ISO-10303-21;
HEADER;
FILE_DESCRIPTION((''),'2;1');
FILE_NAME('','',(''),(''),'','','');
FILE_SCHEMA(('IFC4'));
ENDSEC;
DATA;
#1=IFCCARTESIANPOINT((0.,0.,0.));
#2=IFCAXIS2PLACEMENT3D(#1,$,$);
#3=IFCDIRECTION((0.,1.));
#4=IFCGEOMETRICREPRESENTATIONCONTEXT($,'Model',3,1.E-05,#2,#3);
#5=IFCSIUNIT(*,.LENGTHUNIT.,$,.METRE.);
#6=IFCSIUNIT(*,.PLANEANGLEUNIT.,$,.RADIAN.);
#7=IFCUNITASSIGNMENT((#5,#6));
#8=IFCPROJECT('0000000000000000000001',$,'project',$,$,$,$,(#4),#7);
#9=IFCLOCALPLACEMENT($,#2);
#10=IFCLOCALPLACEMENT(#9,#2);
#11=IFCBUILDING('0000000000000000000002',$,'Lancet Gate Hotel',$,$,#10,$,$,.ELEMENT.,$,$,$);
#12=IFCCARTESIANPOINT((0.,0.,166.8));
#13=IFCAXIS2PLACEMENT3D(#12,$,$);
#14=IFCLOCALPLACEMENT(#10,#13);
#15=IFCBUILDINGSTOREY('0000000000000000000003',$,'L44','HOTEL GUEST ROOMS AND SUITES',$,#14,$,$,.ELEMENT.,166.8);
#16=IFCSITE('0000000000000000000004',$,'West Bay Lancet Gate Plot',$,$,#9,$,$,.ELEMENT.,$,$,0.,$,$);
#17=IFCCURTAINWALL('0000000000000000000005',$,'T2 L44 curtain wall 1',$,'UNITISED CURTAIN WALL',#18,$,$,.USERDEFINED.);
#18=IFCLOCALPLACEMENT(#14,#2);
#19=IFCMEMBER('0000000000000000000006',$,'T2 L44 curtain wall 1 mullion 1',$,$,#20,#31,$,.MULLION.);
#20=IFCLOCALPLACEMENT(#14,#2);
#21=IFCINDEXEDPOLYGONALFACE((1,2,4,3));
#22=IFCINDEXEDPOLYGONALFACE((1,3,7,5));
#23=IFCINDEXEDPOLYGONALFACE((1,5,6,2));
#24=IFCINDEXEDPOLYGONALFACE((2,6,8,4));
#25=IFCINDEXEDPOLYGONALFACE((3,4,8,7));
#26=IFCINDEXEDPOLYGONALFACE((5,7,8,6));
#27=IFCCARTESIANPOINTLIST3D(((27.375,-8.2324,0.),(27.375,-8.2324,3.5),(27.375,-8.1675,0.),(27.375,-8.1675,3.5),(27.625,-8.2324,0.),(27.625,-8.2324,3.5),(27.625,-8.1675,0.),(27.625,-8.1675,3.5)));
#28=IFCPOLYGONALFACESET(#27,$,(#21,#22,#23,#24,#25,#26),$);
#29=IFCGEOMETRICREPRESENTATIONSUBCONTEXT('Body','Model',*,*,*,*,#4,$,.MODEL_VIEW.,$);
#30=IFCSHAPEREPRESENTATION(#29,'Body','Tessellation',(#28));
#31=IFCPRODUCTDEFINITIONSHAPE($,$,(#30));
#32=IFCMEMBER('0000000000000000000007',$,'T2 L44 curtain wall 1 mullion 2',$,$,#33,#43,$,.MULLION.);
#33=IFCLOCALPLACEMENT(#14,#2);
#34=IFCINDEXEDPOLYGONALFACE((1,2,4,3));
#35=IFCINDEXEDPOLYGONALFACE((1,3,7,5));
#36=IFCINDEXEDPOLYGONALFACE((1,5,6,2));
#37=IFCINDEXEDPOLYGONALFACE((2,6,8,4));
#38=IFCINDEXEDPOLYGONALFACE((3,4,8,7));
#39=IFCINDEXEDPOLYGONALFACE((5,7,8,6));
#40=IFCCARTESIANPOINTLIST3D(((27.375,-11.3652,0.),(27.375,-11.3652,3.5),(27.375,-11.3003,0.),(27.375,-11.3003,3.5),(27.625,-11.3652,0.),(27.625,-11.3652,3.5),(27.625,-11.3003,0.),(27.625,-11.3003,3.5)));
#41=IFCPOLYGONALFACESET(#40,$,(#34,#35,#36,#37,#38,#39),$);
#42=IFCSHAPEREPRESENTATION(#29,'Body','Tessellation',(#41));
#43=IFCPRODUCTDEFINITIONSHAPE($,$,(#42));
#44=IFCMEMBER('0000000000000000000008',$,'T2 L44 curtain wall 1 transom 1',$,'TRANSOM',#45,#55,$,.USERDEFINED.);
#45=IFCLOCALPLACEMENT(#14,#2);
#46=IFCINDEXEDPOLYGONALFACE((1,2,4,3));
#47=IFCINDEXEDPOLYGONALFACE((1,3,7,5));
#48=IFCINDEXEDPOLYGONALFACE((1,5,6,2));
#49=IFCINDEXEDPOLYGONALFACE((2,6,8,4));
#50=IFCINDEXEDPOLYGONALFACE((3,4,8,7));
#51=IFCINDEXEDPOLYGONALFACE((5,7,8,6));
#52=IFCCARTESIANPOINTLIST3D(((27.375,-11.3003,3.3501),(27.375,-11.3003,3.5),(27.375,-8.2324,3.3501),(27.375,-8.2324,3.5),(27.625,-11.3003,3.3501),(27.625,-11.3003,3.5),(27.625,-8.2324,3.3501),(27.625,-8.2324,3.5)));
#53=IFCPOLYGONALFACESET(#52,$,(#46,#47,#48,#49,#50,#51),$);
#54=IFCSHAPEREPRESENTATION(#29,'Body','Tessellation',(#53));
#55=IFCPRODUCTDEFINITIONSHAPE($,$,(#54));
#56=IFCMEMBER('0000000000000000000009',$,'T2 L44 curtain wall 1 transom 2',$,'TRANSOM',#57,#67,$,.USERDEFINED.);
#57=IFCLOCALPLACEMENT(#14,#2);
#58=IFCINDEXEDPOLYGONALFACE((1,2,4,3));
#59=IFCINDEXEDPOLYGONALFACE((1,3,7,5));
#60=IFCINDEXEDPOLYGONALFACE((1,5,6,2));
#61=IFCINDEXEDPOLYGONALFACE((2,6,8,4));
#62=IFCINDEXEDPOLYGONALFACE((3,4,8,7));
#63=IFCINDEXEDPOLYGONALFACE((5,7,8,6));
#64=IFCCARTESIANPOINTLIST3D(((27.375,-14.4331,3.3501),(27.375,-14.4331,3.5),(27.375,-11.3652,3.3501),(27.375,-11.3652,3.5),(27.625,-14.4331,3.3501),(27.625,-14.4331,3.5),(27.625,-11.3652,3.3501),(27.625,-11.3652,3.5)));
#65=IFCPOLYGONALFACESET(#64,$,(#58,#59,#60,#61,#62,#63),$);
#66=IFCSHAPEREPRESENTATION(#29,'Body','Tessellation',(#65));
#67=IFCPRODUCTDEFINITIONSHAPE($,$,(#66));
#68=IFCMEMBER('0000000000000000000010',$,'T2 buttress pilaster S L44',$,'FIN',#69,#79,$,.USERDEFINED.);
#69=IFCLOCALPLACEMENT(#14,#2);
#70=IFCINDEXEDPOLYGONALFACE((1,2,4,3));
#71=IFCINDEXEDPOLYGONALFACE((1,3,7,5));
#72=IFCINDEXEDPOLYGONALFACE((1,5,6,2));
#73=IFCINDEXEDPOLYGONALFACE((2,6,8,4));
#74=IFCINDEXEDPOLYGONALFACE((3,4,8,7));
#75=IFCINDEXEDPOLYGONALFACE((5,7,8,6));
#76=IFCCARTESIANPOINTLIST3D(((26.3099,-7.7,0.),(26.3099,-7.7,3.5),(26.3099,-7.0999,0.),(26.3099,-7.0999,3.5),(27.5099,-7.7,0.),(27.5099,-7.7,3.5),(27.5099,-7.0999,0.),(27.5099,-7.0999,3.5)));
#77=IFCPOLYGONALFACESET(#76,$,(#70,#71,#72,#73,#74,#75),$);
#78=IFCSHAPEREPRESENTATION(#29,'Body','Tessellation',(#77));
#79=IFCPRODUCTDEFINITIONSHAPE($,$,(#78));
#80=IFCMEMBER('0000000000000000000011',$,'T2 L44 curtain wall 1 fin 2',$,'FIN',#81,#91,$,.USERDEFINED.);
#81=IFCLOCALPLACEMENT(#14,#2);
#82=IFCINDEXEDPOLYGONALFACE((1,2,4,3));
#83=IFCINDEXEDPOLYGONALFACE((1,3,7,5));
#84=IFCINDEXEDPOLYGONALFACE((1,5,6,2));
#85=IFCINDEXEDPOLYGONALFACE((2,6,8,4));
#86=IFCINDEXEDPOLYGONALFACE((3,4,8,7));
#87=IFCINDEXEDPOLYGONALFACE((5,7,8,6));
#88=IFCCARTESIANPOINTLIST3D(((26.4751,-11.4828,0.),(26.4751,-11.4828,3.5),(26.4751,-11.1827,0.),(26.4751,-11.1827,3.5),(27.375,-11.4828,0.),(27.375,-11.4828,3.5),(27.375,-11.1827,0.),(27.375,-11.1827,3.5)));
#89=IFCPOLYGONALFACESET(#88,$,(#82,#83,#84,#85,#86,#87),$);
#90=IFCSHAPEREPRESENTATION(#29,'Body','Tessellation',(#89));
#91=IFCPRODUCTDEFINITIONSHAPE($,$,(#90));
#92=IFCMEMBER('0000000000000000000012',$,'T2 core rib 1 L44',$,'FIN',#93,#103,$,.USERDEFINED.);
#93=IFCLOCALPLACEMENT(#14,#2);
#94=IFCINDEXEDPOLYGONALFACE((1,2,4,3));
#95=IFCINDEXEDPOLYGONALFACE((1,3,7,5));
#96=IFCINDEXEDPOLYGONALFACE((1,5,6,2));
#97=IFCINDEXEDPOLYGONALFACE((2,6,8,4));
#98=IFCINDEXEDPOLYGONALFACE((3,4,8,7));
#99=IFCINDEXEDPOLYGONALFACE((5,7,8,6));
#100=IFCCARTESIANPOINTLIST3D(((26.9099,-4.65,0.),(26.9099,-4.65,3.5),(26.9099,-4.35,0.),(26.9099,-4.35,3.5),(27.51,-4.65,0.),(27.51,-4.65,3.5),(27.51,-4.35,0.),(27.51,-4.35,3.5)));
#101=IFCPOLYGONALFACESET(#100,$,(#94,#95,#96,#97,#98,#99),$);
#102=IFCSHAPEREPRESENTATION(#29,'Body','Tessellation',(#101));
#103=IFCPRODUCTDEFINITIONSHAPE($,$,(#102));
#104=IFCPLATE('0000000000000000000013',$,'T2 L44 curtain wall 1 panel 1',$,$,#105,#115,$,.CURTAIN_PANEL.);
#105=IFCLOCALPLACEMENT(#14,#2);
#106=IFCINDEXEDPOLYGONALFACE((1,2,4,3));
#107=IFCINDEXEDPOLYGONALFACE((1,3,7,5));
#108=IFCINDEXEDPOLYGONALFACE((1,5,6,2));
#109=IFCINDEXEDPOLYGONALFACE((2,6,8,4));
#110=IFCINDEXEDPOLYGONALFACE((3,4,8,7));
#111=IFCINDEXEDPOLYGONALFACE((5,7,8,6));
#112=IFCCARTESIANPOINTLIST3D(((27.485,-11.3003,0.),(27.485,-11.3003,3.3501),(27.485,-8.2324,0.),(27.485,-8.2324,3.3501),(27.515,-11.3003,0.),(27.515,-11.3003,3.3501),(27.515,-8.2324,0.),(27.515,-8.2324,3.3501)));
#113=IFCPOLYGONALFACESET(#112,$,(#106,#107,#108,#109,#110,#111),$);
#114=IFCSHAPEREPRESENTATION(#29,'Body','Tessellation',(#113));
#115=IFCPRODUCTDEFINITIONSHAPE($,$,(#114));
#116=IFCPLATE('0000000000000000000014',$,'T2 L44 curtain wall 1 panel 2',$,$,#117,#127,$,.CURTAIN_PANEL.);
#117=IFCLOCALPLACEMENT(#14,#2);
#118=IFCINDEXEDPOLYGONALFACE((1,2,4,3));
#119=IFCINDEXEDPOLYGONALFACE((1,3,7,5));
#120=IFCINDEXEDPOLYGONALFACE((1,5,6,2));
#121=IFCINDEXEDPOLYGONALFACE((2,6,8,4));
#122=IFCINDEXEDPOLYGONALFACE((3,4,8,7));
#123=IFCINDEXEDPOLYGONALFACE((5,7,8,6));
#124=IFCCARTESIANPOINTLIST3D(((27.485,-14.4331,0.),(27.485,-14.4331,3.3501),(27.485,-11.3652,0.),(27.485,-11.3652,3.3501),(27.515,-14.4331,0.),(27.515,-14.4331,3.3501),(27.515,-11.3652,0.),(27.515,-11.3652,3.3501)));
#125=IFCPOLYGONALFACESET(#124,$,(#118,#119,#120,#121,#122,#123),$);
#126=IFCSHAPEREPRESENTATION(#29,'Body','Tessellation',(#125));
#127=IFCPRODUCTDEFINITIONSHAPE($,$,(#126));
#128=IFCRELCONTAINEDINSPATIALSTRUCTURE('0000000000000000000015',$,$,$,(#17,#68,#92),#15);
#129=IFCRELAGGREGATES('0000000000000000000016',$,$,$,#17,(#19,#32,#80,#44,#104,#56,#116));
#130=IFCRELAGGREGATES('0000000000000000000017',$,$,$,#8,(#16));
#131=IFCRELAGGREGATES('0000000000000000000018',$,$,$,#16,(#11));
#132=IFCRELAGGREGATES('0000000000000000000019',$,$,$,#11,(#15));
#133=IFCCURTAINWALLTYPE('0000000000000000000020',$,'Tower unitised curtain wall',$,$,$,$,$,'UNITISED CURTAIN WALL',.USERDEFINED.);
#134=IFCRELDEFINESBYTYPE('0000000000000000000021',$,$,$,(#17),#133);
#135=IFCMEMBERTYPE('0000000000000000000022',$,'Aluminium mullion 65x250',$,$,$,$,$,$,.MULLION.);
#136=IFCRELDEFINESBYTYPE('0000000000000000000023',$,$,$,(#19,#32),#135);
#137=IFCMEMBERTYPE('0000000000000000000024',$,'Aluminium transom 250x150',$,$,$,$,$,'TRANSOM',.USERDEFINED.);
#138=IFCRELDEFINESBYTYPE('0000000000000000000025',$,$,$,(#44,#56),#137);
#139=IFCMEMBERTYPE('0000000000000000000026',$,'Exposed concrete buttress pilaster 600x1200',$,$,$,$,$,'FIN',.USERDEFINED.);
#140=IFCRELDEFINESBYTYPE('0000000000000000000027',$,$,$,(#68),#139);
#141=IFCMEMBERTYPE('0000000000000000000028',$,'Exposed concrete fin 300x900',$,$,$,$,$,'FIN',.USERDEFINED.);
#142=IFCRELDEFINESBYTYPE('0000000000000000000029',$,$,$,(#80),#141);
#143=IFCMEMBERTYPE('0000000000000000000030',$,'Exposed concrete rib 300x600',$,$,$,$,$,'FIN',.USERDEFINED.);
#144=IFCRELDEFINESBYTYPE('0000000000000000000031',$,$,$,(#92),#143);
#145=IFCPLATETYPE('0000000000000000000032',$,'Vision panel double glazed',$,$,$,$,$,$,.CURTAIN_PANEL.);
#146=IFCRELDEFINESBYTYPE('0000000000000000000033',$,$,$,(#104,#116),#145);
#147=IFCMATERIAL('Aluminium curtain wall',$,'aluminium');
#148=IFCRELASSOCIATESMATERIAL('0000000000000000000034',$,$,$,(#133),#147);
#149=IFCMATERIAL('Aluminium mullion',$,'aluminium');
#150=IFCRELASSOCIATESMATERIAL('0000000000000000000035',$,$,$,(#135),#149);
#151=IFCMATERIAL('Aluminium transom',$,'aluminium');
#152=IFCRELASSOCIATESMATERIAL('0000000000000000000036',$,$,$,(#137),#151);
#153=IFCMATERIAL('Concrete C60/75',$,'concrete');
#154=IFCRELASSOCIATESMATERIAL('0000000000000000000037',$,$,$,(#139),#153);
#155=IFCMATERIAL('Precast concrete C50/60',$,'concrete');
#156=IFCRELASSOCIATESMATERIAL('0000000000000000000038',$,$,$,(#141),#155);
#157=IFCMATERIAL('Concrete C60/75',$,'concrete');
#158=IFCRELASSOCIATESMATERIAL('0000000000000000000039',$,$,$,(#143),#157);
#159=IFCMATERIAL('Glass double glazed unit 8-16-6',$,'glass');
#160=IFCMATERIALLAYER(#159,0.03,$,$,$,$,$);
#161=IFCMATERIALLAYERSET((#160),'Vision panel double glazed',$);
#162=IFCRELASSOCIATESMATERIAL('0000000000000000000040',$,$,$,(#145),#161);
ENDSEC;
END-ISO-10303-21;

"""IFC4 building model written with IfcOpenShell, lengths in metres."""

from ifc_helpers import new_model, si_unit, direction, frame, origin, origin_2d, place, context, subcontext, project, spatial, rectangle, extrude, material, layer, layer_set, material_profile, profile_set, type_object, element, aggregate, save


model = new_model("IFC4")

# Units and contexts
model_context = context("Model", 3, precision=1e-05, world=origin(), true_north=direction((0.0, 1.0)))
body_context = subcontext(model_context, "Body", "Model", "MODEL_VIEW")
ifc_project = project(units=[si_unit("LENGTHUNIT", "METRE"), si_unit("PLANEANGLEUNIT", "RADIAN")], contexts=[model_context])

# Site, building, storey
site_placement = place(None, origin())
site = spatial("IfcSite", under=ifc_project, at=site_placement, Name="West Bay Lancet Gate Plot", CompositionType="ELEMENT", RefElevation=0.0)
building_placement = place(site_placement, origin())
building = spatial("IfcBuilding", under=site, at=building_placement, Name="Lancet Gate Hotel", CompositionType="ELEMENT")
storey_placement = place(building_placement, frame((0.0, 0.0, 166.8)))
storey = spatial("IfcBuildingStorey", under=building, at=storey_placement, Name="L44", Description="HOTEL GUEST ROOMS AND SUITES", CompositionType="ELEMENT", Elevation=166.8)

# Curtain wall, members
ifc_material_1 = material(Name="Aluminium curtain wall", Category="aluminium")
curtain_wall_type = type_object("IfcCurtainWallType", Name="Tower unitised curtain wall", ElementType="UNITISED CURTAIN WALL", PredefinedType="USERDEFINED", material=ifc_material_1)
curtain_wall_placement = place(storey_placement, origin())
curtain_wall = element("IfcCurtainWall", 1, at=curtain_wall_placement, inside=storey, type_object=curtain_wall_type, Name="T2 L44 curtain wall 1", ObjectType="UNITISED CURTAIN WALL", PredefinedType="USERDEFINED")
ifc_material_2 = material(Name="Aluminium mullion", Category="aluminium")
ifc_material_profile_1 = material_profile(ifc_material_2, rectangle(XDim=0.0649, YDim=0.25, at=origin_2d()), Name="MULLION 65x250")
ifc_profile_set_1 = profile_set([ifc_material_profile_1], Name="Aluminium mullion")
member_type_1 = type_object("IfcMemberType", Name="Aluminium mullion 65x250", PredefinedType="MULLION", material=ifc_profile_set_1)
member_1_placement = place(storey_placement, frame((27.5, -8.2, 0.0), z_axis=(0.0, 0.0, 1.0), x_axis=(0.0, -1.0, 0.0)))
member_1 = element("IfcMember", 2, at=member_1_placement, type_object=member_type_1, Name="T2 L44 curtain wall 1 mullion 1", PredefinedType="MULLION", context=body_context, shape_type="SweptSolid", body=[
    extrude(rectangle(XDim=0.0649, YDim=0.25, at=origin_2d()), origin(), (0.0, 0.0, 1.0), 3.5),
])
member_2_placement = place(storey_placement, frame((27.5, -11.3328, 0.0), z_axis=(0.0, 0.0, 1.0), x_axis=(0.0, -1.0, 0.0)))
member_2 = element("IfcMember", 3, at=member_2_placement, type_object=member_type_1, Name="T2 L44 curtain wall 1 mullion 2", PredefinedType="MULLION", context=body_context, shape_type="SweptSolid", body=[
    extrude(rectangle(XDim=0.0649, YDim=0.25, at=origin_2d()), origin(), (0.0, 0.0, 1.0), 3.5),
])
ifc_material_3 = material(Name="Aluminium transom", Category="aluminium")
ifc_material_profile_2 = material_profile(ifc_material_3, rectangle(XDim=0.25, YDim=0.1499, at=origin_2d()), Name="TRANSOM 250x150")
ifc_profile_set_2 = profile_set([ifc_material_profile_2], Name="Aluminium transom")
member_type_2 = type_object("IfcMemberType", Name="Aluminium transom 250x150", ElementType="TRANSOM", PredefinedType="USERDEFINED", material=ifc_profile_set_2)
member_3_placement = place(storey_placement, frame((27.5, -8.2324, 3.425), z_axis=(0.0, -1.0, 0.0), x_axis=(1.0, 0.0, 0.0)))
member_3 = element("IfcMember", 4, at=member_3_placement, type_object=member_type_2, Name="T2 L44 curtain wall 1 transom 1", ObjectType="TRANSOM", PredefinedType="USERDEFINED", context=body_context, shape_type="SweptSolid", body=[
    extrude(rectangle(XDim=0.25, YDim=0.1499, at=origin_2d()), origin(), (0.0, 0.0, 1.0), 3.0679),
])
member_4_placement = place(storey_placement, frame((27.5, -11.3652, 3.425), z_axis=(0.0, -1.0, 0.0), x_axis=(1.0, 0.0, 0.0)))
member_4 = element("IfcMember", 5, at=member_4_placement, type_object=member_type_2, Name="T2 L44 curtain wall 1 transom 2", ObjectType="TRANSOM", PredefinedType="USERDEFINED", context=body_context, shape_type="SweptSolid", body=[
    extrude(rectangle(XDim=0.25, YDim=0.1499, at=origin_2d()), origin(), (0.0, 0.0, 1.0), 3.0679),
])

# Members
ifc_material_4 = material(Name="Concrete C60/75", Category="concrete")
ifc_material_profile_3 = material_profile(ifc_material_4, rectangle(XDim=0.6001, YDim=1.2, at=origin_2d()), Name="FIN 600x1200")
ifc_profile_set_3 = profile_set([ifc_material_profile_3], Name="Concrete C60/75")
member_type_3 = type_object("IfcMemberType", Name="Exposed concrete buttress pilaster 600x1200", ElementType="FIN", PredefinedType="USERDEFINED", material=ifc_profile_set_3)
member_5_placement = place(storey_placement, frame((26.9099, -7.3999, 0.0), z_axis=(0.0, 0.0, 1.0), x_axis=(0.0, 1.0, 0.0)))
element("IfcMember", 6, at=member_5_placement, inside=storey, type_object=member_type_3, Name="T2 buttress pilaster S L44", ObjectType="FIN", PredefinedType="USERDEFINED", context=body_context, shape_type="SweptSolid", body=[
    extrude(rectangle(XDim=0.6001, YDim=1.2, at=origin_2d()), origin(), (0.0, 0.0, 1.0), 3.5),
])
ifc_material_5 = material(Name="Precast concrete C50/60", Category="concrete")
ifc_material_profile_4 = material_profile(ifc_material_5, rectangle(XDim=0.3, YDim=0.8999, at=origin_2d()), Name="FIN 300x900")
ifc_profile_set_4 = profile_set([ifc_material_profile_4], Name="Precast concrete C50/60")
member_type_4 = type_object("IfcMemberType", Name="Exposed concrete fin 300x900", ElementType="FIN", PredefinedType="USERDEFINED", material=ifc_profile_set_4)
member_6_placement = place(storey_placement, frame((26.925, -11.3328, 0.0), z_axis=(0.0, 0.0, 1.0), x_axis=(0.0, -1.0, 0.0)))
member_6 = element("IfcMember", 7, at=member_6_placement, type_object=member_type_4, Name="T2 L44 curtain wall 1 fin 2", ObjectType="FIN", PredefinedType="USERDEFINED", context=body_context, shape_type="SweptSolid", body=[
    extrude(rectangle(XDim=0.3, YDim=0.8999, at=origin_2d()), origin(), (0.0, 0.0, 1.0), 3.5),
])
ifc_material_6 = material(Name="Concrete C60/75", Category="concrete")
ifc_material_profile_5 = material_profile(ifc_material_6, rectangle(XDim=0.3, YDim=0.6001, at=origin_2d()), Name="FIN 300x600")
ifc_profile_set_5 = profile_set([ifc_material_profile_5], Name="Concrete C60/75")
member_type_5 = type_object("IfcMemberType", Name="Exposed concrete rib 300x600", ElementType="FIN", PredefinedType="USERDEFINED", material=ifc_profile_set_5)
member_7_placement = place(storey_placement, frame((27.21, -4.5, 0.0), z_axis=(0.0, 0.0, 1.0), x_axis=(0.0, 1.0, 0.0)))
element("IfcMember", 8, at=member_7_placement, inside=storey, type_object=member_type_5, Name="T2 core rib 1 L44", ObjectType="FIN", PredefinedType="USERDEFINED", context=body_context, shape_type="SweptSolid", body=[
    extrude(rectangle(XDim=0.3, YDim=0.6001, at=origin_2d()), origin(), (0.0, 0.0, 1.0), 3.5),
])

# Plates
ifc_material_7 = material(Name="Glass double glazed unit 8-16-6", Category="glass")
ifc_layer_1 = layer(ifc_material_7, 0.03)
ifc_layer_set_1 = layer_set([ifc_layer_1], Name="Vision panel double glazed")
plate_type = type_object("IfcPlateType", Name="Vision panel double glazed", PredefinedType="CURTAIN_PANEL", material=ifc_layer_set_1)
plate_1_placement = place(storey_placement, frame((27.5, -9.7664, 0.0), z_axis=(0.0, 0.0, 1.0), x_axis=(0.0, -1.0, 0.0)))
plate_1 = element("IfcPlate", 9, at=plate_1_placement, type_object=plate_type, Name="T2 L44 curtain wall 1 panel 1", PredefinedType="CURTAIN_PANEL", context=body_context, shape_type="SweptSolid", body=[
    extrude(rectangle(XDim=3.0679, YDim=0.03, at=origin_2d()), origin(), (0.0, 0.0, 1.0), 3.3501),
])
plate_2_placement = place(storey_placement, frame((27.5, -12.8992, 0.0), z_axis=(0.0, 0.0, 1.0), x_axis=(0.0, -1.0, 0.0)))
plate_2 = element("IfcPlate", 10, at=plate_2_placement, type_object=plate_type, Name="T2 L44 curtain wall 1 panel 2", PredefinedType="CURTAIN_PANEL", context=body_context, shape_type="SweptSolid", body=[
    extrude(rectangle(XDim=3.0679, YDim=0.03, at=origin_2d()), origin(), (0.0, 0.0, 1.0), 3.3501),
])
aggregate(curtain_wall, [member_1, member_2, member_6, member_3, plate_1, member_4, plate_2])

save(model, "model.ifc")
